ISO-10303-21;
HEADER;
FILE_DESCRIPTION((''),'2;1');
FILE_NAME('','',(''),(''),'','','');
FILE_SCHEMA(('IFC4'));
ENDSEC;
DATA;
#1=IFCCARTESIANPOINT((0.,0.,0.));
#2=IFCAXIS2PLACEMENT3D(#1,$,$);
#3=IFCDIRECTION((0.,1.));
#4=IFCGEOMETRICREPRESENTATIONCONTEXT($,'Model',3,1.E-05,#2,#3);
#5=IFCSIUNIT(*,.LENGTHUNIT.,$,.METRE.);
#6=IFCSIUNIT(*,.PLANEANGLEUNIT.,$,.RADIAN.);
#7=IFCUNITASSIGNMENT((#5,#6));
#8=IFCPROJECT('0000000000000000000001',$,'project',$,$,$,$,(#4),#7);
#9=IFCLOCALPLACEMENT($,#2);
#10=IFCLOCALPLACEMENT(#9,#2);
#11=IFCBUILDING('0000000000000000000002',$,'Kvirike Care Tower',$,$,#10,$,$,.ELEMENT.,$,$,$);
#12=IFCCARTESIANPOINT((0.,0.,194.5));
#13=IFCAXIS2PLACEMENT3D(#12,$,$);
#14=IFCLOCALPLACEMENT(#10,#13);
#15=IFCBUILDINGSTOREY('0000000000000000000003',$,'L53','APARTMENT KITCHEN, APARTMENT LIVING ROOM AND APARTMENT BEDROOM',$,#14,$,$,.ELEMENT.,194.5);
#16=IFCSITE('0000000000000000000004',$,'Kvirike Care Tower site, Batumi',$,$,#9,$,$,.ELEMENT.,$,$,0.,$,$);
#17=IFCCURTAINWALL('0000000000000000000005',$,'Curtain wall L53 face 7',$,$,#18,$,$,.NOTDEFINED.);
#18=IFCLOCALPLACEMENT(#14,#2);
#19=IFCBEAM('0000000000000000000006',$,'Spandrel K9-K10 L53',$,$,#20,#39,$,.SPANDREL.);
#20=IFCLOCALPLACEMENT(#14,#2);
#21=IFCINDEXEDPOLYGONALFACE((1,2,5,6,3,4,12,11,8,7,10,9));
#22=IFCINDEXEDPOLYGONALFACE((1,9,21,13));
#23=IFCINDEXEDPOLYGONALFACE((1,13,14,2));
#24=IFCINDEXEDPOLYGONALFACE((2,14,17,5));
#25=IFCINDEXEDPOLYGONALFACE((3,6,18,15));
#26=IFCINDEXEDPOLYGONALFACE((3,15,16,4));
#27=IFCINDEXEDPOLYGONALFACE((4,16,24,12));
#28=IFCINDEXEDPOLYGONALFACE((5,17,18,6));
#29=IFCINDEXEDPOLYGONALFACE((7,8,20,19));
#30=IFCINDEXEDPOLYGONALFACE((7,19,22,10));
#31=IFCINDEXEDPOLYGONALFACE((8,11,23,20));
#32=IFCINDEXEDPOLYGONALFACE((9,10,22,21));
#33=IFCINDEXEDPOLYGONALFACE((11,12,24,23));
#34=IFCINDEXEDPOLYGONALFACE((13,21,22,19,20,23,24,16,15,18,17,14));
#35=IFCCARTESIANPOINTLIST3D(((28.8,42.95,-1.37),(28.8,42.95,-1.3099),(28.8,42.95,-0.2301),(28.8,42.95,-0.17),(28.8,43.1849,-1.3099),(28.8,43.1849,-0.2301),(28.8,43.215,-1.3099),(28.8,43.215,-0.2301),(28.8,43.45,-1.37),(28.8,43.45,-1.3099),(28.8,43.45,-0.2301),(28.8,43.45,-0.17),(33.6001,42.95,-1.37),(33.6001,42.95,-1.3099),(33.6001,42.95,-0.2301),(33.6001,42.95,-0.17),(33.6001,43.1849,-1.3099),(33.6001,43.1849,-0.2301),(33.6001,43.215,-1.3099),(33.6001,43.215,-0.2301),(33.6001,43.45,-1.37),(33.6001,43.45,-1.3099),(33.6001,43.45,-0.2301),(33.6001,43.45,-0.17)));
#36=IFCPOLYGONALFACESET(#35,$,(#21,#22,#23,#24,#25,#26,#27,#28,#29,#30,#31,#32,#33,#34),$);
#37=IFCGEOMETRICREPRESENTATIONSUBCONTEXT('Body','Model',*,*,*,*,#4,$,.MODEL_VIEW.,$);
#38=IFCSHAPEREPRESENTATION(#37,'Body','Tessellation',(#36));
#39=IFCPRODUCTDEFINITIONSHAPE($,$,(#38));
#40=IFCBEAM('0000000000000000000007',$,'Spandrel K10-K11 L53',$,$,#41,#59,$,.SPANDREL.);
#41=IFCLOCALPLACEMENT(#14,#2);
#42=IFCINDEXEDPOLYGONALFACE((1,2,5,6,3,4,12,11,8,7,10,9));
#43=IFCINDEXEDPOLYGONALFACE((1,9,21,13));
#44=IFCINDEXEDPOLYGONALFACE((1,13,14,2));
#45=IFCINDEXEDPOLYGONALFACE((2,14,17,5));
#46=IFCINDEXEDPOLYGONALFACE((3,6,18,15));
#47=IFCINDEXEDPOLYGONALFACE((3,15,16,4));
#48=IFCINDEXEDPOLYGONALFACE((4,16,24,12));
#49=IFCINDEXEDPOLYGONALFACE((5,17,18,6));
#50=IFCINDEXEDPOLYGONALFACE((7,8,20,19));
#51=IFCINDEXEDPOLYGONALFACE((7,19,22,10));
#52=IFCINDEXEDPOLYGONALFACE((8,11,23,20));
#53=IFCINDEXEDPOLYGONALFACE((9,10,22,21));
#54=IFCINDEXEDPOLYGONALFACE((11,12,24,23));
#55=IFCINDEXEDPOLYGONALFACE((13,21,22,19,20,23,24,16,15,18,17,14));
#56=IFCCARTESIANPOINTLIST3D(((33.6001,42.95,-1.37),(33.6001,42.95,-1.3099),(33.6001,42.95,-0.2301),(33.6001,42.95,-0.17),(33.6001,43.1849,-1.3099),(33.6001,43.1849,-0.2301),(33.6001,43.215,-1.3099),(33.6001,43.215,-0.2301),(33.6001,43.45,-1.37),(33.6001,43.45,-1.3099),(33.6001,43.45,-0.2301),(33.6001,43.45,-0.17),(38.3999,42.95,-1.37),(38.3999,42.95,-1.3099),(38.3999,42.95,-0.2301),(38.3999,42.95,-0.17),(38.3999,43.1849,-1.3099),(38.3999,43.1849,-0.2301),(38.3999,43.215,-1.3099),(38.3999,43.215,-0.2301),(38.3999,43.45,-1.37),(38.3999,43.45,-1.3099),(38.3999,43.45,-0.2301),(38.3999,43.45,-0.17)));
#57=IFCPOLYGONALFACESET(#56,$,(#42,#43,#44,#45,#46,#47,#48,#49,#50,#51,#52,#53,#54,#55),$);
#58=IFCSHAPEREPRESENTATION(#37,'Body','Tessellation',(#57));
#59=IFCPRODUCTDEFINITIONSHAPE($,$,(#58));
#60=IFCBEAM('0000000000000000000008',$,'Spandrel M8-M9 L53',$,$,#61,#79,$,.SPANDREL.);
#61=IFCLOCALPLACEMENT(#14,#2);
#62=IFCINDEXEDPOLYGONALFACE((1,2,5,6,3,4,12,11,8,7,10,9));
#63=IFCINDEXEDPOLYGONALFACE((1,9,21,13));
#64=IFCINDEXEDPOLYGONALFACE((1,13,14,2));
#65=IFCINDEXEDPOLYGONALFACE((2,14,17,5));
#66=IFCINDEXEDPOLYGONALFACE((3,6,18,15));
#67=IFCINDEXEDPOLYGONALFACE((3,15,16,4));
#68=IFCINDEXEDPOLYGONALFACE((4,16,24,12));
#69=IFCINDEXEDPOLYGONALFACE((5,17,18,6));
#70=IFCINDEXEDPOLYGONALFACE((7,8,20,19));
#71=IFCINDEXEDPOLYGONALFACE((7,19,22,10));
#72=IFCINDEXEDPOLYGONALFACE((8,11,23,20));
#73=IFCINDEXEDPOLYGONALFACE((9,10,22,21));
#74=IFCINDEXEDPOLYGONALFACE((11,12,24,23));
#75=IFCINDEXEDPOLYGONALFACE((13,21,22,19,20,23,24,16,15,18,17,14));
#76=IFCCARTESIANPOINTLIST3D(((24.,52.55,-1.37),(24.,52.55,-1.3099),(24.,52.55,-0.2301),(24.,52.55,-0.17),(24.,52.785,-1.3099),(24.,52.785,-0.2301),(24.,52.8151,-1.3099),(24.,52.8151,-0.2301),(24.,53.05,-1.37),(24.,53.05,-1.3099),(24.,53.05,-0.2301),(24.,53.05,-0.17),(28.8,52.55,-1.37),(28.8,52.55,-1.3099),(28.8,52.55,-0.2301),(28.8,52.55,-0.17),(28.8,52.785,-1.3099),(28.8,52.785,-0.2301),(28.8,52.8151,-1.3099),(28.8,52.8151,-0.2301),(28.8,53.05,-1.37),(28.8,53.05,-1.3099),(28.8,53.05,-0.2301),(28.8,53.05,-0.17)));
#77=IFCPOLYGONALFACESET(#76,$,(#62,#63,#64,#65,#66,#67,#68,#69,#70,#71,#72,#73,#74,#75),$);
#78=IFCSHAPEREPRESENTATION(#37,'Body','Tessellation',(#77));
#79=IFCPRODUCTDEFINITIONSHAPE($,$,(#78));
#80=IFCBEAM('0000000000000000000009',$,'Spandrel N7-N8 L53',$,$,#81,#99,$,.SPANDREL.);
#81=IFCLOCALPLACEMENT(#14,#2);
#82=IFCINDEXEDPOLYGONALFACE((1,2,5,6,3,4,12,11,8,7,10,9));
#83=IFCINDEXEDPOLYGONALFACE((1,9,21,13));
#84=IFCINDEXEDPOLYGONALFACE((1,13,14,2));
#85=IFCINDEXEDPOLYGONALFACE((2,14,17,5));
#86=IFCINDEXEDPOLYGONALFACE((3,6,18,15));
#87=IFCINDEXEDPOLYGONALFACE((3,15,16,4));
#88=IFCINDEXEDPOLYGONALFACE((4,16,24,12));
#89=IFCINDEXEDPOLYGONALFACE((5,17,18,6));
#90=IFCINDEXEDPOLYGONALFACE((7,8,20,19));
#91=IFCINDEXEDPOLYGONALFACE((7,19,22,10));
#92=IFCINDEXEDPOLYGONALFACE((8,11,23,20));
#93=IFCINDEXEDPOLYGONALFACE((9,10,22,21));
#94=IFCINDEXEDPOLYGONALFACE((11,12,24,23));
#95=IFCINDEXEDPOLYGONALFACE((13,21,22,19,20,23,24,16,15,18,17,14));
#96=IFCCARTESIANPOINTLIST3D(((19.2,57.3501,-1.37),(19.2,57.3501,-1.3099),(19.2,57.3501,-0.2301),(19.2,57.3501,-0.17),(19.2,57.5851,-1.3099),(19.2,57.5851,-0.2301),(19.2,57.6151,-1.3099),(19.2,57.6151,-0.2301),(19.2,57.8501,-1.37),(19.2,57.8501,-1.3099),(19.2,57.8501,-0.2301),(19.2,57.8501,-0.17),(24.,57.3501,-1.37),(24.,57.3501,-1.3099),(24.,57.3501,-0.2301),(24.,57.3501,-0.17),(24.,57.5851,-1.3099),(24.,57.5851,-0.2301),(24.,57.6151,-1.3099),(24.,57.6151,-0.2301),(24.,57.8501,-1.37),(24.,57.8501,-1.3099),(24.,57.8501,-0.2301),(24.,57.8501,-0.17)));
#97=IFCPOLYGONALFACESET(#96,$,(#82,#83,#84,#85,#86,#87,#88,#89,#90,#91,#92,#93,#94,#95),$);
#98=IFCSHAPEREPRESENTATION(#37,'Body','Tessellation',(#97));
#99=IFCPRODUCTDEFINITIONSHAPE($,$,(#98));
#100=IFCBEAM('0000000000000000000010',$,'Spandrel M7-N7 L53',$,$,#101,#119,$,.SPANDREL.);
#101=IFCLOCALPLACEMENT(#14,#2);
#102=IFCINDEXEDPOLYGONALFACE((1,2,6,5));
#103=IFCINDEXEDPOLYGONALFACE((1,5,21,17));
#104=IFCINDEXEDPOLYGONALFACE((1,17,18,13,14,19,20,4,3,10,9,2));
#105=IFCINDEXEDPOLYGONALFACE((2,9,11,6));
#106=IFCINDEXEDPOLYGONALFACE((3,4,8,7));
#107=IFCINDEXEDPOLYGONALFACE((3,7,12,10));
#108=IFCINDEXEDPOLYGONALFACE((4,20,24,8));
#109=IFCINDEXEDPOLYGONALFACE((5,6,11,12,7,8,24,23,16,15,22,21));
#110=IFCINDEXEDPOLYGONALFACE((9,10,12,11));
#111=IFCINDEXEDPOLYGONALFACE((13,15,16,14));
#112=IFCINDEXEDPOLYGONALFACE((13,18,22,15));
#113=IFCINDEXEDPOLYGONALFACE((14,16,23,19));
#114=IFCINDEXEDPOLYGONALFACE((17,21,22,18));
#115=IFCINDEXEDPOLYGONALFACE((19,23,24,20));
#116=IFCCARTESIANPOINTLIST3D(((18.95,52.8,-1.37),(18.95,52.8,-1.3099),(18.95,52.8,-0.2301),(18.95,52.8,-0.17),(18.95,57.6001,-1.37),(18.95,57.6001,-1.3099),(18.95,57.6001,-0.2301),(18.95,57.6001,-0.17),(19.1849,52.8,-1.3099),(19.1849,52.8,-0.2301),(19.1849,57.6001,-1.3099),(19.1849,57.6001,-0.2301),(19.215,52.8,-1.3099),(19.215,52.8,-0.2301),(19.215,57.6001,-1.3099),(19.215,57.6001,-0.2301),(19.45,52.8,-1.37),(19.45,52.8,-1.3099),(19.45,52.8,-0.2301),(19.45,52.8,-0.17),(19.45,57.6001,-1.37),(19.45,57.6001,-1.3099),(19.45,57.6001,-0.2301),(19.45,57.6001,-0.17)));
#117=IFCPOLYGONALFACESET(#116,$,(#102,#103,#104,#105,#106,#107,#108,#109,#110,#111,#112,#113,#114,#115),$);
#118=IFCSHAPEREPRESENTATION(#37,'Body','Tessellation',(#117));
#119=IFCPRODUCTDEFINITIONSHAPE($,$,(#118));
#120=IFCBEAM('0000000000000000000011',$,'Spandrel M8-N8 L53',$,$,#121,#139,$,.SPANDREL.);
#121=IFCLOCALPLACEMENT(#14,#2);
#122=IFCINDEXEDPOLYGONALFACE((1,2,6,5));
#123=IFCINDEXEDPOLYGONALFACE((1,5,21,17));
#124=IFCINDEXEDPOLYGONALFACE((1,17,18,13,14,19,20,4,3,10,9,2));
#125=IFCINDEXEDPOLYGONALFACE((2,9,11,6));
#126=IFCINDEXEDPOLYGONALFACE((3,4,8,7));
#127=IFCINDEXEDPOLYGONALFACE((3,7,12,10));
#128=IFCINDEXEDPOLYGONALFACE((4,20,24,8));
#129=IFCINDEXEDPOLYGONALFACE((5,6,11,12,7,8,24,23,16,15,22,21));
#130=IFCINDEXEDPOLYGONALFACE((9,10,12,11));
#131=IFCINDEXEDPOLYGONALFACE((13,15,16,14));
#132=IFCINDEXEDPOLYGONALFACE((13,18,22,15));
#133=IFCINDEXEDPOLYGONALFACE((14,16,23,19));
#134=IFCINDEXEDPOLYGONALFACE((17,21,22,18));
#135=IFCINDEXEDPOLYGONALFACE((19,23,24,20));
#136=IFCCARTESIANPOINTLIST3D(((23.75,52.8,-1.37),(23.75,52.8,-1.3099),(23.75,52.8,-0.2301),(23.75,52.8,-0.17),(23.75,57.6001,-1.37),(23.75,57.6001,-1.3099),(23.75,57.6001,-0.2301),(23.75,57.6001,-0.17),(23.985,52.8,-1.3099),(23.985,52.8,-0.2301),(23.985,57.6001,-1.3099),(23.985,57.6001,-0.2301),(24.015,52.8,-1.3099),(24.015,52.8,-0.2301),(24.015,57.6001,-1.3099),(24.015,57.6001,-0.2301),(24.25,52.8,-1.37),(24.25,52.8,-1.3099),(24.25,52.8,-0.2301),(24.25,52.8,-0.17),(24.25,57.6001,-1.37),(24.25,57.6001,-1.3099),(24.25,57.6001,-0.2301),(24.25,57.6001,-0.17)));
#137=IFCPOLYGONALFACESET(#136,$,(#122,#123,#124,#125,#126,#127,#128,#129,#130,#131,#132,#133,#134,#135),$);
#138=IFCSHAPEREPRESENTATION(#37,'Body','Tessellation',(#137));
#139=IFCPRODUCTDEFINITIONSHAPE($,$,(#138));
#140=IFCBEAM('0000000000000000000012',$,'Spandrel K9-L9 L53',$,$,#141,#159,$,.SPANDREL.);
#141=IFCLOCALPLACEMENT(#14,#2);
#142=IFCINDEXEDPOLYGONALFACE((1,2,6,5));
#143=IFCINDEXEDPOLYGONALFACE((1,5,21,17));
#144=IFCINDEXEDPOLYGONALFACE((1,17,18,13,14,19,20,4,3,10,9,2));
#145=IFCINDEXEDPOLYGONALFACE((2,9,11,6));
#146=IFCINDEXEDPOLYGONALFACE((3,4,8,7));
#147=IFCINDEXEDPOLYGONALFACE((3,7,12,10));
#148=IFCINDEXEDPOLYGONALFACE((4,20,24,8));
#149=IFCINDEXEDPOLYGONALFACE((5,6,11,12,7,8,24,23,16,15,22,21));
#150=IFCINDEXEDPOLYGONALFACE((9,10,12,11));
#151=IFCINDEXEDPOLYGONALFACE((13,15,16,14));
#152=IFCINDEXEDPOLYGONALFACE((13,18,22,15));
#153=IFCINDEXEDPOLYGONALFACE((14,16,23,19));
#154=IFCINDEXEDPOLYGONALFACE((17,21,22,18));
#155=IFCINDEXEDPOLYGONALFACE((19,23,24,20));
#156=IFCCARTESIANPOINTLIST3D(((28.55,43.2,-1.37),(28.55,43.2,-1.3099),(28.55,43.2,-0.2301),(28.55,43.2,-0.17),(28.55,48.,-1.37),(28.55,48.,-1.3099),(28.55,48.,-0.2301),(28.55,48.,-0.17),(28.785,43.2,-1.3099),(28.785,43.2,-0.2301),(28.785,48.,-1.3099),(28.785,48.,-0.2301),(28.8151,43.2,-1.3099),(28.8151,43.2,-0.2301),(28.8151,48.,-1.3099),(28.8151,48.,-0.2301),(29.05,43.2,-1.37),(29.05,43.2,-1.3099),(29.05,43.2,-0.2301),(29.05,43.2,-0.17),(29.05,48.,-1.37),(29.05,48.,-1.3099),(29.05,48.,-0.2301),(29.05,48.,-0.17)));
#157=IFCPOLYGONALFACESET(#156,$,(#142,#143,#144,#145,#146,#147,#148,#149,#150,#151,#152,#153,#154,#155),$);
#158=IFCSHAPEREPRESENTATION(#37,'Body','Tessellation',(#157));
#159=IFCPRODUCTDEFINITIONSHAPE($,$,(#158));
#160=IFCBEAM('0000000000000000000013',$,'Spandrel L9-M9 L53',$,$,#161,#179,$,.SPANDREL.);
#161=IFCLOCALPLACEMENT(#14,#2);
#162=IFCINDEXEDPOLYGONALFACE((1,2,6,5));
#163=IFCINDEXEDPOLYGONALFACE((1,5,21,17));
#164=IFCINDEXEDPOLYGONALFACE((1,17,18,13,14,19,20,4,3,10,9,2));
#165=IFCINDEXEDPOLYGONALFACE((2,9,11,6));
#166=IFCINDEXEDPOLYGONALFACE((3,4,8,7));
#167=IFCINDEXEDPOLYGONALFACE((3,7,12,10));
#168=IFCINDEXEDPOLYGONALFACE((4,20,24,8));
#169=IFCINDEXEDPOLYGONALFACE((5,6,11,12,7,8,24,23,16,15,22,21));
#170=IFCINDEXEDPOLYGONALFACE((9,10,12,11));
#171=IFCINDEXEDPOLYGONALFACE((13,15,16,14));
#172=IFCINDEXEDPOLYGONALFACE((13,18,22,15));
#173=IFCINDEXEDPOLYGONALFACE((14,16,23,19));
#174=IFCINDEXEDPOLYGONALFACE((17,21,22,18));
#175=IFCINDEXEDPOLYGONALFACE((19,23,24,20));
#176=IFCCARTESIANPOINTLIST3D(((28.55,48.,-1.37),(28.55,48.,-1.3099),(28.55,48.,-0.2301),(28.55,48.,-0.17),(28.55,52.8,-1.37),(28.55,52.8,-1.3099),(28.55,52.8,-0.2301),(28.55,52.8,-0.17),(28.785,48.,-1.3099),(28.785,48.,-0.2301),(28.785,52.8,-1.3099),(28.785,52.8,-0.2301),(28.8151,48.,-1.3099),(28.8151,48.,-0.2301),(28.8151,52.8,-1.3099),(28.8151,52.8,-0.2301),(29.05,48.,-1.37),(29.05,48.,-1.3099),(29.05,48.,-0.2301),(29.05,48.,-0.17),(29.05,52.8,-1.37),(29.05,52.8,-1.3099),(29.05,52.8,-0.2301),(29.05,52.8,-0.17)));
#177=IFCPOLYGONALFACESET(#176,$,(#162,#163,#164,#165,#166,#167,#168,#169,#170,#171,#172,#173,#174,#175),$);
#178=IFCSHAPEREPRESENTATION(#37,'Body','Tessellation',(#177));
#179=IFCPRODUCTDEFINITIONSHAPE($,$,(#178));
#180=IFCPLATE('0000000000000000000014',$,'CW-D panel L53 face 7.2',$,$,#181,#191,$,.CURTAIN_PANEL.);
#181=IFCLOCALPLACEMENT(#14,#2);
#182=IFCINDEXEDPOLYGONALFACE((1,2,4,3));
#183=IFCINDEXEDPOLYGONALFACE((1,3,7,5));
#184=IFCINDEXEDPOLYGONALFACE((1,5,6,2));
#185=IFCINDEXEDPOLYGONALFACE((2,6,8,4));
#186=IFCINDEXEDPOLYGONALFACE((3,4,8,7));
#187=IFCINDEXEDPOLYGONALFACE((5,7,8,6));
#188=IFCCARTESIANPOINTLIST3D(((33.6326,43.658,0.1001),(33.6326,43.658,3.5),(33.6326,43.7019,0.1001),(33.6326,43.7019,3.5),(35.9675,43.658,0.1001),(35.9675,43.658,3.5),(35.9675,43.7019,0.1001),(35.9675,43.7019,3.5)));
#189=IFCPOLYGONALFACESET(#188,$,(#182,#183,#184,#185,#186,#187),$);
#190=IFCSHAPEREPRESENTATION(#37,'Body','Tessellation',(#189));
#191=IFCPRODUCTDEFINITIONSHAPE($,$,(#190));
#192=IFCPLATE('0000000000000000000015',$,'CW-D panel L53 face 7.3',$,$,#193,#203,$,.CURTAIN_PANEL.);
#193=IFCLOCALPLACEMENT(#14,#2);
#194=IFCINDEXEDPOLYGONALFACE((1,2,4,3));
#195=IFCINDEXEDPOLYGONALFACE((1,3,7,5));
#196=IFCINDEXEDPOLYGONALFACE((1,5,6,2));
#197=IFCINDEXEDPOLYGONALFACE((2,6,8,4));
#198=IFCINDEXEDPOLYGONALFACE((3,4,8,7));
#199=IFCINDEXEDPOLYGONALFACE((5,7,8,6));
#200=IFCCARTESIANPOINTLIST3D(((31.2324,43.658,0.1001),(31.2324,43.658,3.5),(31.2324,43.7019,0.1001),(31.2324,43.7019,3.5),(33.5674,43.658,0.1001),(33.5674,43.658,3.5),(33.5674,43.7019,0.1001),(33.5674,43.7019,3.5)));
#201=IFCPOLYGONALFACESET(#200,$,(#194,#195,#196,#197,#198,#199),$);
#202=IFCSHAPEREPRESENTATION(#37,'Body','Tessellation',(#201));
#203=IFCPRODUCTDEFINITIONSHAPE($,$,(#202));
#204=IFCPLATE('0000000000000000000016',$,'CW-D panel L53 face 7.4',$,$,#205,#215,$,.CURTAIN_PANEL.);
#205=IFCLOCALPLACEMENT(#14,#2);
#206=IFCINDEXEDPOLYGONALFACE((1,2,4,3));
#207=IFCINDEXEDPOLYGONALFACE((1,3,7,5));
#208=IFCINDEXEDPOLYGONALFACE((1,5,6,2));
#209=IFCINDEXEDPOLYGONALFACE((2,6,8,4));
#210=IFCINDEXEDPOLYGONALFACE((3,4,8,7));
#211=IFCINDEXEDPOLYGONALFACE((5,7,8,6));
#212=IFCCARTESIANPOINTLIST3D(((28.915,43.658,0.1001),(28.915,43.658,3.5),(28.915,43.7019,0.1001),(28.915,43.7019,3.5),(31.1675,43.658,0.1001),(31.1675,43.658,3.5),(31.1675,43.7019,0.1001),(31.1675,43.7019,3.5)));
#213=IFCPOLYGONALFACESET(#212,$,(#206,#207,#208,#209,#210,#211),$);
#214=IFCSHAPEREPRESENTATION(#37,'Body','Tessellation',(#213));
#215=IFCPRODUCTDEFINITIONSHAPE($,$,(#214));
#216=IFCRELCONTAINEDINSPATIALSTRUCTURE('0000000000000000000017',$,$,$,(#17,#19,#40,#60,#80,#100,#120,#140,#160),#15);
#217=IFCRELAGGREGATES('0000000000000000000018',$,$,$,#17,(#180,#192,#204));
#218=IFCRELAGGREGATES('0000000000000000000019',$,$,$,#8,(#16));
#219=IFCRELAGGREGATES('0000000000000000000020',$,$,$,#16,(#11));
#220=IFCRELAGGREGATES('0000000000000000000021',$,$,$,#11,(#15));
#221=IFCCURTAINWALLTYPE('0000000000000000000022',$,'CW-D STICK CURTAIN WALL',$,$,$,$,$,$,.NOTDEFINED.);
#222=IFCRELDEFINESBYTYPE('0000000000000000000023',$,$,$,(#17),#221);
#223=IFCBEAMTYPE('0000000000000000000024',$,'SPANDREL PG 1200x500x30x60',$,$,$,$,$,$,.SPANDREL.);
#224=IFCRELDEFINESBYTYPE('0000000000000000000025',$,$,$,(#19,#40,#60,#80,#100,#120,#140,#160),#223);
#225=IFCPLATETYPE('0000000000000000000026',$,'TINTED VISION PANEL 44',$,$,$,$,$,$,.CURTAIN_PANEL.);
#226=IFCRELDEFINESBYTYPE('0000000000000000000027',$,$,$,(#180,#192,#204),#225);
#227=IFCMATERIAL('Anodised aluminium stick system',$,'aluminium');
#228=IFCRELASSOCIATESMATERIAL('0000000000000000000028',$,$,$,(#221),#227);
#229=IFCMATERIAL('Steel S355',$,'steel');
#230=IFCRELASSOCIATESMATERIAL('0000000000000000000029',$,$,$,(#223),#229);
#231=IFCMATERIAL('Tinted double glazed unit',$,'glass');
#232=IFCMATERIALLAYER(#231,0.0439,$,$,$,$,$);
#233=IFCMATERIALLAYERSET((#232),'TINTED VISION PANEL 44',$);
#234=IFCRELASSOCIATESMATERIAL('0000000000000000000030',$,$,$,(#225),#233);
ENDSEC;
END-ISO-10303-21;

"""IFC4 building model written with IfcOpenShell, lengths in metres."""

from ifc_helpers import new_model, si_unit, direction, frame, origin, origin_2d, place, context, subcontext, project, spatial, rectangle, i_section, extrude, material, layer, layer_set, material_profile, profile_set, type_object, element, aggregate, save


model = new_model("IFC4")

# Units and contexts
model_context = context("Model", 3, precision=1e-05, world=origin(), true_north=direction((0.0, 1.0)))
body_context = subcontext(model_context, "Body", "Model", "MODEL_VIEW")
ifc_project = project(units=[si_unit("LENGTHUNIT", "METRE"), si_unit("PLANEANGLEUNIT", "RADIAN")], contexts=[model_context])

# Site, building, storey
site_placement = place(None, origin())
site = spatial("IfcSite", under=ifc_project, at=site_placement, Name="Kvirike Care Tower site, Batumi", CompositionType="ELEMENT", RefElevation=0.0)
building_placement = place(site_placement, origin())
building = spatial("IfcBuilding", under=site, at=building_placement, Name="Kvirike Care Tower", CompositionType="ELEMENT")
storey_placement = place(building_placement, frame((0.0, 0.0, 194.5)))
storey = spatial("IfcBuildingStorey", under=building, at=storey_placement, Name="L53", Description="APARTMENT KITCHEN, APARTMENT LIVING ROOM AND APARTMENT BEDROOM", CompositionType="ELEMENT", Elevation=194.5)

# Curtain wall
ifc_material_1 = material(Name="Anodised aluminium stick system", Category="aluminium")
curtain_wall_type = type_object("IfcCurtainWallType", Name="CW-D STICK CURTAIN WALL", PredefinedType="NOTDEFINED", material=ifc_material_1)
curtain_wall_placement = place(storey_placement, origin())
curtain_wall = element("IfcCurtainWall", 1, at=curtain_wall_placement, inside=storey, type_object=curtain_wall_type, Name="Curtain wall L53 face 7", PredefinedType="NOTDEFINED")

# Beams
ifc_material_2 = material(Name="Steel S355", Category="steel")
ifc_material_profile_1 = material_profile(ifc_material_2, i_section(OverallWidth=0.5, OverallDepth=1.2, WebThickness=0.03, FlangeThickness=0.0601, at=origin_2d()), Name="PG 1200x500x30x60")
ifc_profile_set_1 = profile_set([ifc_material_profile_1], Name="Steel S355")
beam_type_1 = type_object("IfcBeamType", Name="SPANDREL PG 1200x500x30x60", PredefinedType="SPANDREL", material=ifc_profile_set_1)
beam_1_placement = place(storey_placement, frame((28.8, 43.2, -0.77), z_axis=(1.0, 0.0, 0.0), x_axis=(0.0, 1.0, 0.0)))
element("IfcBeam", 2, at=beam_1_placement, inside=storey, type_object=beam_type_1, Name="Spandrel K9-K10 L53", PredefinedType="SPANDREL", context=body_context, shape_type="SweptSolid", body=[
    extrude(i_section(OverallWidth=0.5, OverallDepth=1.2, WebThickness=0.03, FlangeThickness=0.0601, at=origin_2d()), origin(), (0.0, 0.0, 1.0), 4.8),
])
beam_2_placement = place(storey_placement, frame((33.6001, 43.2, -0.77), z_axis=(1.0, 0.0, 0.0), x_axis=(0.0, 1.0, 0.0)))
element("IfcBeam", 3, at=beam_2_placement, inside=storey, type_object=beam_type_1, Name="Spandrel K10-K11 L53", PredefinedType="SPANDREL", context=body_context, shape_type="SweptSolid", body=[
    extrude(i_section(OverallWidth=0.5, OverallDepth=1.2, WebThickness=0.03, FlangeThickness=0.0601, at=origin_2d()), origin(), (0.0, 0.0, 1.0), 4.7998),
])
for number, where, z_axis, x_axis, name in (
    (4, (24.0, 52.8, -0.77), (1.0, 0.0, 0.0), (0.0, 1.0, 0.0), "Spandrel M8-M9 L53"),
    (5, (19.2, 57.6001, -0.77), (1.0, 0.0, 0.0), (0.0, 1.0, 0.0), "Spandrel N7-N8 L53"),
    (6, (19.2, 52.8, -0.77), (0.0, 1.0, 0.0), (-1.0, 0.0, 0.0), "Spandrel M7-N7 L53"),
    (7, (24.0, 52.8, -0.77), (0.0, 1.0, 0.0), (-1.0, 0.0, 0.0), "Spandrel M8-N8 L53"),
    (8, (28.8, 43.2, -0.77), (0.0, 1.0, 0.0), (-1.0, 0.0, 0.0), "Spandrel K9-L9 L53"),
    (9, (28.8, 48.0, -0.77), (0.0, 1.0, 0.0), (-1.0, 0.0, 0.0), "Spandrel L9-M9 L53"),
):
    element("IfcBeam", number, at=place(storey_placement, frame(where, z_axis=z_axis, x_axis=x_axis)), inside=storey, type_object=beam_type_1, Name=name, PredefinedType="SPANDREL", context=body_context, shape_type="SweptSolid", body=[
        extrude(i_section(OverallWidth=0.5, OverallDepth=1.2, WebThickness=0.03, FlangeThickness=0.0601, at=origin_2d()), origin(), (0.0, 0.0, 1.0), 4.8),
    ])

# Plates
ifc_material_3 = material(Name="Tinted double glazed unit", Category="glass")
ifc_layer_1 = layer(ifc_material_3, 0.0439)
ifc_layer_set_1 = layer_set([ifc_layer_1], Name="TINTED VISION PANEL 44")
plate_type = type_object("IfcPlateType", Name="TINTED VISION PANEL 44", PredefinedType="CURTAIN_PANEL", material=ifc_layer_set_1)
plate_1_placement = place(storey_placement, frame((34.8, 43.6799, 0.1001), z_axis=(0.0, 0.0, 1.0), x_axis=(-1.0, 0.0, 0.0)))
plate_1 = element("IfcPlate", 10, at=plate_1_placement, type_object=plate_type, Name="CW-D panel L53 face 7.2", PredefinedType="CURTAIN_PANEL", context=body_context, shape_type="SweptSolid", body=[
    extrude(rectangle(XDim=2.335, YDim=0.0439, at=origin_2d()), origin(), (0.0, 0.0, 1.0), 3.3999),
])
plate_2_placement = place(storey_placement, frame((32.3999, 43.6799, 0.1001), z_axis=(0.0, 0.0, 1.0), x_axis=(-1.0, 0.0, 0.0)))
plate_2 = element("IfcPlate", 11, at=plate_2_placement, type_object=plate_type, Name="CW-D panel L53 face 7.3", PredefinedType="CURTAIN_PANEL", context=body_context, shape_type="SweptSolid", body=[
    extrude(rectangle(XDim=2.335, YDim=0.0439, at=origin_2d()), origin(), (0.0, 0.0, 1.0), 3.3999),
])
plate_3_placement = place(storey_placement, frame((30.0413, 43.6799, 0.1001), z_axis=(0.0, 0.0, 1.0), x_axis=(-1.0, 0.0, 0.0)))
plate_3 = element("IfcPlate", 12, at=plate_3_placement, type_object=plate_type, Name="CW-D panel L53 face 7.4", PredefinedType="CURTAIN_PANEL", context=body_context, shape_type="SweptSolid", body=[
    extrude(rectangle(XDim=2.2524, YDim=0.0439, at=origin_2d()), origin(), (0.0, 0.0, 1.0), 3.3999),
])
aggregate(curtain_wall, [plate_1, plate_2, plate_3])

save(model, "model.ifc")
